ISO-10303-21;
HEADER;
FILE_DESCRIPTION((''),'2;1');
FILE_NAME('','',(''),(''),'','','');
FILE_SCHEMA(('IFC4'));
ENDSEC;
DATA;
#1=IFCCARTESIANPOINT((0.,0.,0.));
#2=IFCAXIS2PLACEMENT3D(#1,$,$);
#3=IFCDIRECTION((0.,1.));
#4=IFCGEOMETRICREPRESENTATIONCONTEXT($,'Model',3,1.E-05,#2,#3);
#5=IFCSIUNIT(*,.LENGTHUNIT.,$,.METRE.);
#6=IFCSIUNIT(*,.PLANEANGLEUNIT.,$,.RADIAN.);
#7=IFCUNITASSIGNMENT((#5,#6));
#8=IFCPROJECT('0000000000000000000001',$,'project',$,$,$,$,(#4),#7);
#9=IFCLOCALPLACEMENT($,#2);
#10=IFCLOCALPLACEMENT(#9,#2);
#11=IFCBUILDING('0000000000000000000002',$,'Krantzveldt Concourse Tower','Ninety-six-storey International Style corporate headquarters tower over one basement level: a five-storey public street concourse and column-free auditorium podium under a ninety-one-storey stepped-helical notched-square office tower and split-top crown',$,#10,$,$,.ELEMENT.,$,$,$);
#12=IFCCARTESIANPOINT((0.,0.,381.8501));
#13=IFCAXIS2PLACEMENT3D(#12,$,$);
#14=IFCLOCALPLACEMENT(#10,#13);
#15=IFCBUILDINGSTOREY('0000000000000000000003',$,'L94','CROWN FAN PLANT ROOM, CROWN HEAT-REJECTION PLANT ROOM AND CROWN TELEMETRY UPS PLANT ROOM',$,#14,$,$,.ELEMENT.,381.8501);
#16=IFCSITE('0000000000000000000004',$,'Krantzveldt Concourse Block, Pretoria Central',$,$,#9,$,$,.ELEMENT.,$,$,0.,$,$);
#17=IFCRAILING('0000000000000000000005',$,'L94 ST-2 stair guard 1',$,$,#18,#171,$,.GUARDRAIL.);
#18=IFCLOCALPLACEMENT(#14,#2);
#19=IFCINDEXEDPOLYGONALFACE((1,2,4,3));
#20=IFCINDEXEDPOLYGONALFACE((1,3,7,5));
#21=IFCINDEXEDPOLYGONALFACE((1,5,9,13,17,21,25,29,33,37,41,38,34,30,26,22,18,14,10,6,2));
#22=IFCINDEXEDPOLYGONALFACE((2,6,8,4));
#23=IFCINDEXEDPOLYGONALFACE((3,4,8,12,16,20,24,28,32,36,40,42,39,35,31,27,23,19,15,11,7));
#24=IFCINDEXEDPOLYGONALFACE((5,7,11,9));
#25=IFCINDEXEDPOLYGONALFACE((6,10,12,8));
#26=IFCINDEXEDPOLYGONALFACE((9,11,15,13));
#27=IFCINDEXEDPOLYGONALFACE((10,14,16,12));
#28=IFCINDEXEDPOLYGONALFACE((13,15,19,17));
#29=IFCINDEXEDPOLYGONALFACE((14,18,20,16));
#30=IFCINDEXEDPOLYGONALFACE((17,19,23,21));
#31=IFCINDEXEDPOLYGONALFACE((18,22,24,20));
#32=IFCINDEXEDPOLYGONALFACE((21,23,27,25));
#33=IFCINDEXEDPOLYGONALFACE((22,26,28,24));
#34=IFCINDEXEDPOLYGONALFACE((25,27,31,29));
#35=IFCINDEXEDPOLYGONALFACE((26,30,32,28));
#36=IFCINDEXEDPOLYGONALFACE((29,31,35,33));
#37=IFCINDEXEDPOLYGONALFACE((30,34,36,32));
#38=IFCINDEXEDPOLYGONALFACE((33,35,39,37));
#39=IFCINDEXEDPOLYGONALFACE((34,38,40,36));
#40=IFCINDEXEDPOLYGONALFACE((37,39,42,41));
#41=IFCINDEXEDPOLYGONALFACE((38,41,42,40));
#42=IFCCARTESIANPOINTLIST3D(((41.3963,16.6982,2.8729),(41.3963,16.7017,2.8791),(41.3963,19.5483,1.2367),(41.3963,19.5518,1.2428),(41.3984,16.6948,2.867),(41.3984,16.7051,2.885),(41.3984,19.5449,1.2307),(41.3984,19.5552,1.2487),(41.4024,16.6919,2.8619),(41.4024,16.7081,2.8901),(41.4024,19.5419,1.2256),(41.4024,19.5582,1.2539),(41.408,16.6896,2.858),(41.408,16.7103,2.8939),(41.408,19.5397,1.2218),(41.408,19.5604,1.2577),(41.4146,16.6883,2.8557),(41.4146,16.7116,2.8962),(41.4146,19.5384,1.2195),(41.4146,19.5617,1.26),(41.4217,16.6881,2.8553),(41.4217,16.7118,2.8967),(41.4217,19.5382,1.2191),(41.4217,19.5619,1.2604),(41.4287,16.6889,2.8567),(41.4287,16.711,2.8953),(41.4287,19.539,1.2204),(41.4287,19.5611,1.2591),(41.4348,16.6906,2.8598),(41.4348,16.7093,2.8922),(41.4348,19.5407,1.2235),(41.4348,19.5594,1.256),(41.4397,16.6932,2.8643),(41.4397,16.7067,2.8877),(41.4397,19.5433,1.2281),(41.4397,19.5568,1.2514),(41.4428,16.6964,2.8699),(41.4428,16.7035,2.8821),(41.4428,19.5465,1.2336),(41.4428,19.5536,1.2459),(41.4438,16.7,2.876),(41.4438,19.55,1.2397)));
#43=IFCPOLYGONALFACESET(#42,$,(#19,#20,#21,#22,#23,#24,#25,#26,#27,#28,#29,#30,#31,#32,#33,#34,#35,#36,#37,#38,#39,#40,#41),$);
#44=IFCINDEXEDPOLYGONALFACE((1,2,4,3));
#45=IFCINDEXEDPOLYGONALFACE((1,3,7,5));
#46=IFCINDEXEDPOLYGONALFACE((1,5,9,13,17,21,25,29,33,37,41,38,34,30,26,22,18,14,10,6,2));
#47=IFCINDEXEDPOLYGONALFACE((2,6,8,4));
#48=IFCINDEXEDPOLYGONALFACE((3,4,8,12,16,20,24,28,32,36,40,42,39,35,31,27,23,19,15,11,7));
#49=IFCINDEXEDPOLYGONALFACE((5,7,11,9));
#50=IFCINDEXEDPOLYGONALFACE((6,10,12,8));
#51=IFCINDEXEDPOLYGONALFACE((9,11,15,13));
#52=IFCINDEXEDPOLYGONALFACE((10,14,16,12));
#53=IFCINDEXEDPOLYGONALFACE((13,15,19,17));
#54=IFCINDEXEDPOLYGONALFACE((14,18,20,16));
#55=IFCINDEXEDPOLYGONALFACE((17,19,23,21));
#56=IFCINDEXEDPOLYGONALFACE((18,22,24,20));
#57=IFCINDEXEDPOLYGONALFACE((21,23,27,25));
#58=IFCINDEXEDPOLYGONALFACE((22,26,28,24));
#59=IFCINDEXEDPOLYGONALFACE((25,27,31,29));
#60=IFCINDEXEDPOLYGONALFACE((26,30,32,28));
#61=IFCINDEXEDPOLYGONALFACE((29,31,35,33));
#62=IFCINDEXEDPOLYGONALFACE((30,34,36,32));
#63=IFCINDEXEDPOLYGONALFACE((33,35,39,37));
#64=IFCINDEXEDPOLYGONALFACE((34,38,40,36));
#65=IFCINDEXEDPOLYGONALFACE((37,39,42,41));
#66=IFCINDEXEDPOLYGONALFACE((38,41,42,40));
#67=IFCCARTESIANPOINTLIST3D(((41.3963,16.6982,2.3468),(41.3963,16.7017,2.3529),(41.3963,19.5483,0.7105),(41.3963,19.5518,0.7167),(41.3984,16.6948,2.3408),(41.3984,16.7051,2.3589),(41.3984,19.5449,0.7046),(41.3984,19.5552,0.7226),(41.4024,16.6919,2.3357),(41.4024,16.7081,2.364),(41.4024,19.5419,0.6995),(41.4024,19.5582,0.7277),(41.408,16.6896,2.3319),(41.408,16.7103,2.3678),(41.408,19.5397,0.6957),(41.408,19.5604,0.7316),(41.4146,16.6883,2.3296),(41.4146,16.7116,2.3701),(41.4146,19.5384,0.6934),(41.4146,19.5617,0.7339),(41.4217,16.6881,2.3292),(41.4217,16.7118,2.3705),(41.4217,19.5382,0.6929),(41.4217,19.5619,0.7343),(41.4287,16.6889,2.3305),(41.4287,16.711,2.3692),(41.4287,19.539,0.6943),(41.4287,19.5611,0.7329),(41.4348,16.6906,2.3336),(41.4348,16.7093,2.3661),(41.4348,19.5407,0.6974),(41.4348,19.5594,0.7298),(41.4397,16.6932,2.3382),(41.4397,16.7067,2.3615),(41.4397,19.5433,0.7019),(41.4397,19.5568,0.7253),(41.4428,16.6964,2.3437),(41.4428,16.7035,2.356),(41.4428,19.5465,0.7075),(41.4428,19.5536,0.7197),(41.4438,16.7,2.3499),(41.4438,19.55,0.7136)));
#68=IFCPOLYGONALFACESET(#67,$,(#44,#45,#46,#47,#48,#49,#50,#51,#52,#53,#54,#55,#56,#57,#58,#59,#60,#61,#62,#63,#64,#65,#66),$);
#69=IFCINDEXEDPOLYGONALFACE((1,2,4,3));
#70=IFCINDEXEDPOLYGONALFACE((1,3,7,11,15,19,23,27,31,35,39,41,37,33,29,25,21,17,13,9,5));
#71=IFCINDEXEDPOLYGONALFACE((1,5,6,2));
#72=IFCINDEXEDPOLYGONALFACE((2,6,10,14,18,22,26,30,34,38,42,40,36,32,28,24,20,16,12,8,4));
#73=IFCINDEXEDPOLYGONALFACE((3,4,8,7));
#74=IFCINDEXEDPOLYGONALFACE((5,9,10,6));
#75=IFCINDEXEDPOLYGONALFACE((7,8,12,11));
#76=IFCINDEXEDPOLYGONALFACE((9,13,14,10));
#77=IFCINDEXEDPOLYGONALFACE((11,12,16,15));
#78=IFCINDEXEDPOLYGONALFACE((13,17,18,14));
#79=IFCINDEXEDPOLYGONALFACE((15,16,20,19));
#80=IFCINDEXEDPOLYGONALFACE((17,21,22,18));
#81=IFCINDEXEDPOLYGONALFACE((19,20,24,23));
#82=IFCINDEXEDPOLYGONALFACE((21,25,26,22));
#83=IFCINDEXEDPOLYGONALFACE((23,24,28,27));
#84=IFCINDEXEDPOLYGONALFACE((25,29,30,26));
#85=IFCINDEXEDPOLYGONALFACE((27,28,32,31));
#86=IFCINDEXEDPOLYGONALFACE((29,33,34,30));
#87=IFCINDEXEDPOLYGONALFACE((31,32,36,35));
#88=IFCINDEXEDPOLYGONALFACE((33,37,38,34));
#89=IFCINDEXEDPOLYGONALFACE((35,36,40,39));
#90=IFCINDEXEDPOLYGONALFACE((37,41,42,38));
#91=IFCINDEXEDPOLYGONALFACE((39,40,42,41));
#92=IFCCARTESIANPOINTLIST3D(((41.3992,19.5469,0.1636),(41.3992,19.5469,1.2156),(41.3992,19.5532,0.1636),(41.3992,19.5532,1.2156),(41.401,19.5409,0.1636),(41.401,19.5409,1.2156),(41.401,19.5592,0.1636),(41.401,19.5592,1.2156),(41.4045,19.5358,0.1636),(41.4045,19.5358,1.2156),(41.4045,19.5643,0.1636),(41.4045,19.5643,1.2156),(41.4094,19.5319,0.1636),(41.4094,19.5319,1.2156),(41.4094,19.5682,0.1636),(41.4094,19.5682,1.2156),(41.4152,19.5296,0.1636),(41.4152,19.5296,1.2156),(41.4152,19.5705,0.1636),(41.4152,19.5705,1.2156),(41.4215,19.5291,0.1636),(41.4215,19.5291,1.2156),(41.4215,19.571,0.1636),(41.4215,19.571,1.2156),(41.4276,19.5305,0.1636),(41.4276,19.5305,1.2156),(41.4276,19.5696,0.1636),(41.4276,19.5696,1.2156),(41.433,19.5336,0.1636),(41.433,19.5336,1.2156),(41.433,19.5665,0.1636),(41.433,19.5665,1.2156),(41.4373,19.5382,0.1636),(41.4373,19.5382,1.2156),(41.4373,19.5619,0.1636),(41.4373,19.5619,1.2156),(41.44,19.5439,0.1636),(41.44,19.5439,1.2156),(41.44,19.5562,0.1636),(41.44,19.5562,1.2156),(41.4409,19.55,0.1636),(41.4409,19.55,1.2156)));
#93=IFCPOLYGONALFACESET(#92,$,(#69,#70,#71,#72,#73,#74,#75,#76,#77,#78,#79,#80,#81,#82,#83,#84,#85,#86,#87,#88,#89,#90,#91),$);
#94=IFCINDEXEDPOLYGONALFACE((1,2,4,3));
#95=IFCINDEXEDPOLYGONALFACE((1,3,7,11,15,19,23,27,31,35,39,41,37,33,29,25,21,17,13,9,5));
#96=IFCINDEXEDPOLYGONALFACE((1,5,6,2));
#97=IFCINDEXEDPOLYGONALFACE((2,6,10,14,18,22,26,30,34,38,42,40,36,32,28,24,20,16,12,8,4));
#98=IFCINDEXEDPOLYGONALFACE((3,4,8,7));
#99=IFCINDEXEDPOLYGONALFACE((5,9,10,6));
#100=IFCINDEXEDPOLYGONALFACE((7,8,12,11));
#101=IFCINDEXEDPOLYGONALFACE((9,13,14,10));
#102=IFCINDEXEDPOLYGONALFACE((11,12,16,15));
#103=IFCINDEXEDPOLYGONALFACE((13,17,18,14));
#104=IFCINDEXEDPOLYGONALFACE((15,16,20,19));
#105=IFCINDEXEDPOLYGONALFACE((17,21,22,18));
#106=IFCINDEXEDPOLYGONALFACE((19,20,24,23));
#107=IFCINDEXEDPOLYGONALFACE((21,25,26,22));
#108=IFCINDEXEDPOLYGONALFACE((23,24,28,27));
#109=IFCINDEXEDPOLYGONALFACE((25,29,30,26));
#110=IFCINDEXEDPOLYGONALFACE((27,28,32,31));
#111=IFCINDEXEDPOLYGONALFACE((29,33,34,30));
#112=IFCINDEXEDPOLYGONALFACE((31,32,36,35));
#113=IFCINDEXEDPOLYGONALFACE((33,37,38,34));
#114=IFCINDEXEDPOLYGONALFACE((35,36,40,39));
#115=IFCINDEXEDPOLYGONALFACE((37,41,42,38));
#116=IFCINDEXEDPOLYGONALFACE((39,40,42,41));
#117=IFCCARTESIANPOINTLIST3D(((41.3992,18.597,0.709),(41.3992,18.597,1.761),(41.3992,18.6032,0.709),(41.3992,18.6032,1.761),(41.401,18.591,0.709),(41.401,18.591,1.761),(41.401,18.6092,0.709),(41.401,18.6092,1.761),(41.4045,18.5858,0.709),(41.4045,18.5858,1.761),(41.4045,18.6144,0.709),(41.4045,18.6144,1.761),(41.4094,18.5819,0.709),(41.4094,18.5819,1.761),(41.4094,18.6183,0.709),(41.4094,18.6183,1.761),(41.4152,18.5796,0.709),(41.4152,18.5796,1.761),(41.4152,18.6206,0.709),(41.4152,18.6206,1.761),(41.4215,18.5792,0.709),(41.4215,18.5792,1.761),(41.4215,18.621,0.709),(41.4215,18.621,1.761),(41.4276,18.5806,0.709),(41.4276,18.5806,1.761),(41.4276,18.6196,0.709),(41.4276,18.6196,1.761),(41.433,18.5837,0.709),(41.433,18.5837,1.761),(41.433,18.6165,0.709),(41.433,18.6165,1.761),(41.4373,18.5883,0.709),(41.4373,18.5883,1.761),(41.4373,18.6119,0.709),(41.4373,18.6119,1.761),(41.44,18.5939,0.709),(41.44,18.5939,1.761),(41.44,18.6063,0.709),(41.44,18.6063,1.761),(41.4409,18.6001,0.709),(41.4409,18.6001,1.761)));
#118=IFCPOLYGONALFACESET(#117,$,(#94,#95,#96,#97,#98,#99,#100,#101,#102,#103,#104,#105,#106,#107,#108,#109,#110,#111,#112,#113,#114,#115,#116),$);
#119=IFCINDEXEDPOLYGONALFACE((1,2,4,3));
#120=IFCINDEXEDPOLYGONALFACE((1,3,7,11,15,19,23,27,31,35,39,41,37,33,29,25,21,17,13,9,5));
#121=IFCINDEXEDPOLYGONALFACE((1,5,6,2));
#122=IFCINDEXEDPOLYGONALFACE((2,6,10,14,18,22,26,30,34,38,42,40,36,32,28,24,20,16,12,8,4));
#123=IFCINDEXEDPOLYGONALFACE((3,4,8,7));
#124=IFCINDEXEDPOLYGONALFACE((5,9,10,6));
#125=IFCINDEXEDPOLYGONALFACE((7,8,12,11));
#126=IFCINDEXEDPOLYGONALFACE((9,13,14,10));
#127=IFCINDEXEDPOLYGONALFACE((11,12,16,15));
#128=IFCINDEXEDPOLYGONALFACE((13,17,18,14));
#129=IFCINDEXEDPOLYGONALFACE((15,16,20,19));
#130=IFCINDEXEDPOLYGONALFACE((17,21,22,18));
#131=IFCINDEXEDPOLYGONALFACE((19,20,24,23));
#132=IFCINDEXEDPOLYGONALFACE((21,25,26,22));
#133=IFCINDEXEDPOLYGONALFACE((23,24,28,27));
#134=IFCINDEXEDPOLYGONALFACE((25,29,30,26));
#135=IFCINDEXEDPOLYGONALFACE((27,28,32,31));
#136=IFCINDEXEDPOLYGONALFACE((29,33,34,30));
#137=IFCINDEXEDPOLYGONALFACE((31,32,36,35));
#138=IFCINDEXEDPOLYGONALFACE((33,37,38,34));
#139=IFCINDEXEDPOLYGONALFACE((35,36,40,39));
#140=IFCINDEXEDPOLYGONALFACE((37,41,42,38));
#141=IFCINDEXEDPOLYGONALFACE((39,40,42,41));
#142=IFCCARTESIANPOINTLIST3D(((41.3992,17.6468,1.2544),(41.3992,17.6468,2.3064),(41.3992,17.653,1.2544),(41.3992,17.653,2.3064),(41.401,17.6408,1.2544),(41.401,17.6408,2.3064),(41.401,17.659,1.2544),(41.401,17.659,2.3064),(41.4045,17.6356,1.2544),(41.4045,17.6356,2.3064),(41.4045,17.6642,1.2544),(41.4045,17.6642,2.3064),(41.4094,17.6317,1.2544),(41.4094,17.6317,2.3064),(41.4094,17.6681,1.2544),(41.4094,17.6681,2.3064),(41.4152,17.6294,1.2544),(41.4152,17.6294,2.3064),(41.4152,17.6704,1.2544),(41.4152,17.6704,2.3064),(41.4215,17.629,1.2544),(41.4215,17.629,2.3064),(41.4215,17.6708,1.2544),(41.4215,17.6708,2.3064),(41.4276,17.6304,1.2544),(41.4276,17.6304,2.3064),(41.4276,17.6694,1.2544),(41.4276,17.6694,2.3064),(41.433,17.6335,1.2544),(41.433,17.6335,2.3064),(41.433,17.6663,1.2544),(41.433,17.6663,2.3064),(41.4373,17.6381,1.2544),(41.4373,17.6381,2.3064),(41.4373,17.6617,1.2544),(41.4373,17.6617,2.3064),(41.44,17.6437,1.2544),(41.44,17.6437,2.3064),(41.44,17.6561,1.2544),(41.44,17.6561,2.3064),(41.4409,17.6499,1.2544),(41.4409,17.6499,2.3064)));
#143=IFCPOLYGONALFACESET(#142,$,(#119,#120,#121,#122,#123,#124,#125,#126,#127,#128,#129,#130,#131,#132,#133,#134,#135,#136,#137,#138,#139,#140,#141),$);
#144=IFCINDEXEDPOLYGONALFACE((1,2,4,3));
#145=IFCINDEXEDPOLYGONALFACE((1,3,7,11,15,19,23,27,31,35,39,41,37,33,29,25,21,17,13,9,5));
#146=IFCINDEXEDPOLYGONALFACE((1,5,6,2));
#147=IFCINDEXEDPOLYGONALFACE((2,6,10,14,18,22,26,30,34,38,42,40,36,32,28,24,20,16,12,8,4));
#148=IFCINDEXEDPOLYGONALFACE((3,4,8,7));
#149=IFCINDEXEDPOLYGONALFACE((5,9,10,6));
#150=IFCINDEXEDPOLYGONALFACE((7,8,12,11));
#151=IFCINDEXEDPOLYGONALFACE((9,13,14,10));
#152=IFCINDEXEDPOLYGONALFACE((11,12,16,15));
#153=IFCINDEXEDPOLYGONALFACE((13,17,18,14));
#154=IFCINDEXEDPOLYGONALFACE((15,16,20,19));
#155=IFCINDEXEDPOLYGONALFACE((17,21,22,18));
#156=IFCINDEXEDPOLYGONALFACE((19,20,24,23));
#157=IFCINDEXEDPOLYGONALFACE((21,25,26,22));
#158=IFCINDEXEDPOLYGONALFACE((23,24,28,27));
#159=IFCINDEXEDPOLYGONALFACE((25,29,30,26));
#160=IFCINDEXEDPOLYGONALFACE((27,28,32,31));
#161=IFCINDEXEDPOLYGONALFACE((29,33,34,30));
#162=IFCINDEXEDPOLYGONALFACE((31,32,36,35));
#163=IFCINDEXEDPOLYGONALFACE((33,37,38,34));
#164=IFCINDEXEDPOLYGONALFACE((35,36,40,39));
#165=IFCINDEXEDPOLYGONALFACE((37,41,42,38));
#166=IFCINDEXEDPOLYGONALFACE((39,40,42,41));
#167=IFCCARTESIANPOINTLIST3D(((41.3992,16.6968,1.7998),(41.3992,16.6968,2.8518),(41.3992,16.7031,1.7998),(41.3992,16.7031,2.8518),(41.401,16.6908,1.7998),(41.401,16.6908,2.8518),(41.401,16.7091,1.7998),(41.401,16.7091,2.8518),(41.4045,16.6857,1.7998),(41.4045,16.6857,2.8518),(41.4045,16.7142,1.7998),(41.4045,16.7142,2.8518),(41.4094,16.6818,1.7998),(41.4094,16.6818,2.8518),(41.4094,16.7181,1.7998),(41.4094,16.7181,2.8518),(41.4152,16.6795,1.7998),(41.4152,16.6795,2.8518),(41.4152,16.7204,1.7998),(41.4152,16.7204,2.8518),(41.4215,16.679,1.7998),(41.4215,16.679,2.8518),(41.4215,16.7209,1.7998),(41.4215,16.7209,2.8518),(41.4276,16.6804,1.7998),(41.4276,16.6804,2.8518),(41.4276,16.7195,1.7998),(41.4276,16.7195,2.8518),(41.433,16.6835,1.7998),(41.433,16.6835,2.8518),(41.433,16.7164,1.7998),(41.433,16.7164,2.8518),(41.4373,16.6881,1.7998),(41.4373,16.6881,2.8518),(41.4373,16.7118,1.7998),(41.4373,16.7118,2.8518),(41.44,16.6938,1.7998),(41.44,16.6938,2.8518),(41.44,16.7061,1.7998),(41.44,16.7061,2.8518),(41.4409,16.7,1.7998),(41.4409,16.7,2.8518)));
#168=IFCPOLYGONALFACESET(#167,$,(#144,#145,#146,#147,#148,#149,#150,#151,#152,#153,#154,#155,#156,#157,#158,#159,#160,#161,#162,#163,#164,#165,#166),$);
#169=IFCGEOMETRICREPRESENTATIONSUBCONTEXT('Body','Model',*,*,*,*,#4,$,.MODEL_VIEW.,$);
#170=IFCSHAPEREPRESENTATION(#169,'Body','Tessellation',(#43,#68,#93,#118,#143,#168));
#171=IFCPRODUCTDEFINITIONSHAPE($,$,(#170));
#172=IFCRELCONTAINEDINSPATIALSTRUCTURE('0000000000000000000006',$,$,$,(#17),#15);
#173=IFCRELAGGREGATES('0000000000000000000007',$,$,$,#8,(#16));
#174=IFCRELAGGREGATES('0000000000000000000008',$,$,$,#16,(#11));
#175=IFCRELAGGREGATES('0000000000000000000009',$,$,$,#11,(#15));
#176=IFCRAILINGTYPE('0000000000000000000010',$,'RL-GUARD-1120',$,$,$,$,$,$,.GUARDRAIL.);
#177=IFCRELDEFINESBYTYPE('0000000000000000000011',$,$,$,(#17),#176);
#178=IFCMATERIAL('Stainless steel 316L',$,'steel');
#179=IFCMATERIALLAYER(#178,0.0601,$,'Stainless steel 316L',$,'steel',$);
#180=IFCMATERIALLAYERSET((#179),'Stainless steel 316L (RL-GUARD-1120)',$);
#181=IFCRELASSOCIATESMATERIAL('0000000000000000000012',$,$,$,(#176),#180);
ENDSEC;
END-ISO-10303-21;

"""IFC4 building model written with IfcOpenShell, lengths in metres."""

from ifc_helpers import new_model, si_unit, direction, frame, origin, origin_2d, place, context, subcontext, project, spatial, circle, extrude, material, layer, layer_set, type_object, element, save


model = new_model("IFC4")

# Units and contexts
model_context = context("Model", 3, precision=1e-05, world=origin(), true_north=direction((0.0, 1.0)))
body_context = subcontext(model_context, "Body", "Model", "MODEL_VIEW")
ifc_project = project(units=[si_unit("LENGTHUNIT", "METRE"), si_unit("PLANEANGLEUNIT", "RADIAN")], contexts=[model_context])

# Site, building, storey
site_placement = place(None, origin())
site = spatial("IfcSite", under=ifc_project, at=site_placement, Name="Krantzveldt Concourse Block, Pretoria Central", CompositionType="ELEMENT", RefElevation=0.0)
building_placement = place(site_placement, origin())
building = spatial("IfcBuilding", under=site, at=building_placement, Name="Krantzveldt Concourse Tower", Description="Ninety-six-storey International Style corporate headquarters tower over one basement level: a five-storey public street concourse and column-free auditorium podium under a ninety-one-storey stepped-helical notched-square office tower and split-top crown", CompositionType="ELEMENT")
storey_placement = place(building_placement, frame((0.0, 0.0, 381.8501)))
storey = spatial("IfcBuildingStorey", under=building, at=storey_placement, Name="L94", Description="CROWN FAN PLANT ROOM, CROWN HEAT-REJECTION PLANT ROOM AND CROWN TELEMETRY UPS PLANT ROOM", CompositionType="ELEMENT", Elevation=381.8501)

# Railing
ifc_material_1 = material(Name="Stainless steel 316L", Category="steel")
ifc_layer_1 = layer(ifc_material_1, 0.0601, Name="Stainless steel 316L", Category="steel")
ifc_layer_set_1 = layer_set([ifc_layer_1], Name="Stainless steel 316L (RL-GUARD-1120)")
railing_type_1 = type_object("IfcRailingType", Name="RL-GUARD-1120", PredefinedType="GUARDRAIL", material=ifc_layer_set_1)
railing_1_placement = place(storey_placement, frame((41.4199, 19.55, 0.1636)))
element("IfcRailing", 1, at=railing_1_placement, inside=storey, type_object=railing_type_1, Name="L94 ST-2 stair guard 1", PredefinedType="GUARDRAIL", context=body_context, shape_type="SweptSolid", body=[
    extrude(circle(Radius=0.0239, at=origin_2d()), frame((0.0, 0.0, 1.0762), z_axis=(0.0, -0.867245, 0.497882), x_axis=(1.0, 0.0, 0.0)), (0.0, 0.0, 1.0), 3.2864),
    extrude(circle(Radius=0.0239, at=origin_2d()), frame((0.0, 0.0, 0.55), z_axis=(0.0, -0.867245, 0.497882), x_axis=(1.0, 0.0, 0.0)), (0.0, 0.0, 1.0), 3.2864),
    extrude(circle(Radius=0.021, at=origin_2d()), origin(), (0.0, 0.0, 1.0), 1.052),
    extrude(circle(Radius=0.021, at=origin_2d()), frame((0.0, -0.95, 0.5454)), (0.0, 0.0, 1.0), 1.052),
    extrude(circle(Radius=0.021, at=origin_2d()), frame((0.0, -1.9001, 1.0908)), (0.0, 0.0, 1.0), 1.052),
    extrude(circle(Radius=0.021, at=origin_2d()), frame((0.0, -2.8501, 1.6362)), (0.0, 0.0, 1.0), 1.052),
])

save(model, "model.ifc")
